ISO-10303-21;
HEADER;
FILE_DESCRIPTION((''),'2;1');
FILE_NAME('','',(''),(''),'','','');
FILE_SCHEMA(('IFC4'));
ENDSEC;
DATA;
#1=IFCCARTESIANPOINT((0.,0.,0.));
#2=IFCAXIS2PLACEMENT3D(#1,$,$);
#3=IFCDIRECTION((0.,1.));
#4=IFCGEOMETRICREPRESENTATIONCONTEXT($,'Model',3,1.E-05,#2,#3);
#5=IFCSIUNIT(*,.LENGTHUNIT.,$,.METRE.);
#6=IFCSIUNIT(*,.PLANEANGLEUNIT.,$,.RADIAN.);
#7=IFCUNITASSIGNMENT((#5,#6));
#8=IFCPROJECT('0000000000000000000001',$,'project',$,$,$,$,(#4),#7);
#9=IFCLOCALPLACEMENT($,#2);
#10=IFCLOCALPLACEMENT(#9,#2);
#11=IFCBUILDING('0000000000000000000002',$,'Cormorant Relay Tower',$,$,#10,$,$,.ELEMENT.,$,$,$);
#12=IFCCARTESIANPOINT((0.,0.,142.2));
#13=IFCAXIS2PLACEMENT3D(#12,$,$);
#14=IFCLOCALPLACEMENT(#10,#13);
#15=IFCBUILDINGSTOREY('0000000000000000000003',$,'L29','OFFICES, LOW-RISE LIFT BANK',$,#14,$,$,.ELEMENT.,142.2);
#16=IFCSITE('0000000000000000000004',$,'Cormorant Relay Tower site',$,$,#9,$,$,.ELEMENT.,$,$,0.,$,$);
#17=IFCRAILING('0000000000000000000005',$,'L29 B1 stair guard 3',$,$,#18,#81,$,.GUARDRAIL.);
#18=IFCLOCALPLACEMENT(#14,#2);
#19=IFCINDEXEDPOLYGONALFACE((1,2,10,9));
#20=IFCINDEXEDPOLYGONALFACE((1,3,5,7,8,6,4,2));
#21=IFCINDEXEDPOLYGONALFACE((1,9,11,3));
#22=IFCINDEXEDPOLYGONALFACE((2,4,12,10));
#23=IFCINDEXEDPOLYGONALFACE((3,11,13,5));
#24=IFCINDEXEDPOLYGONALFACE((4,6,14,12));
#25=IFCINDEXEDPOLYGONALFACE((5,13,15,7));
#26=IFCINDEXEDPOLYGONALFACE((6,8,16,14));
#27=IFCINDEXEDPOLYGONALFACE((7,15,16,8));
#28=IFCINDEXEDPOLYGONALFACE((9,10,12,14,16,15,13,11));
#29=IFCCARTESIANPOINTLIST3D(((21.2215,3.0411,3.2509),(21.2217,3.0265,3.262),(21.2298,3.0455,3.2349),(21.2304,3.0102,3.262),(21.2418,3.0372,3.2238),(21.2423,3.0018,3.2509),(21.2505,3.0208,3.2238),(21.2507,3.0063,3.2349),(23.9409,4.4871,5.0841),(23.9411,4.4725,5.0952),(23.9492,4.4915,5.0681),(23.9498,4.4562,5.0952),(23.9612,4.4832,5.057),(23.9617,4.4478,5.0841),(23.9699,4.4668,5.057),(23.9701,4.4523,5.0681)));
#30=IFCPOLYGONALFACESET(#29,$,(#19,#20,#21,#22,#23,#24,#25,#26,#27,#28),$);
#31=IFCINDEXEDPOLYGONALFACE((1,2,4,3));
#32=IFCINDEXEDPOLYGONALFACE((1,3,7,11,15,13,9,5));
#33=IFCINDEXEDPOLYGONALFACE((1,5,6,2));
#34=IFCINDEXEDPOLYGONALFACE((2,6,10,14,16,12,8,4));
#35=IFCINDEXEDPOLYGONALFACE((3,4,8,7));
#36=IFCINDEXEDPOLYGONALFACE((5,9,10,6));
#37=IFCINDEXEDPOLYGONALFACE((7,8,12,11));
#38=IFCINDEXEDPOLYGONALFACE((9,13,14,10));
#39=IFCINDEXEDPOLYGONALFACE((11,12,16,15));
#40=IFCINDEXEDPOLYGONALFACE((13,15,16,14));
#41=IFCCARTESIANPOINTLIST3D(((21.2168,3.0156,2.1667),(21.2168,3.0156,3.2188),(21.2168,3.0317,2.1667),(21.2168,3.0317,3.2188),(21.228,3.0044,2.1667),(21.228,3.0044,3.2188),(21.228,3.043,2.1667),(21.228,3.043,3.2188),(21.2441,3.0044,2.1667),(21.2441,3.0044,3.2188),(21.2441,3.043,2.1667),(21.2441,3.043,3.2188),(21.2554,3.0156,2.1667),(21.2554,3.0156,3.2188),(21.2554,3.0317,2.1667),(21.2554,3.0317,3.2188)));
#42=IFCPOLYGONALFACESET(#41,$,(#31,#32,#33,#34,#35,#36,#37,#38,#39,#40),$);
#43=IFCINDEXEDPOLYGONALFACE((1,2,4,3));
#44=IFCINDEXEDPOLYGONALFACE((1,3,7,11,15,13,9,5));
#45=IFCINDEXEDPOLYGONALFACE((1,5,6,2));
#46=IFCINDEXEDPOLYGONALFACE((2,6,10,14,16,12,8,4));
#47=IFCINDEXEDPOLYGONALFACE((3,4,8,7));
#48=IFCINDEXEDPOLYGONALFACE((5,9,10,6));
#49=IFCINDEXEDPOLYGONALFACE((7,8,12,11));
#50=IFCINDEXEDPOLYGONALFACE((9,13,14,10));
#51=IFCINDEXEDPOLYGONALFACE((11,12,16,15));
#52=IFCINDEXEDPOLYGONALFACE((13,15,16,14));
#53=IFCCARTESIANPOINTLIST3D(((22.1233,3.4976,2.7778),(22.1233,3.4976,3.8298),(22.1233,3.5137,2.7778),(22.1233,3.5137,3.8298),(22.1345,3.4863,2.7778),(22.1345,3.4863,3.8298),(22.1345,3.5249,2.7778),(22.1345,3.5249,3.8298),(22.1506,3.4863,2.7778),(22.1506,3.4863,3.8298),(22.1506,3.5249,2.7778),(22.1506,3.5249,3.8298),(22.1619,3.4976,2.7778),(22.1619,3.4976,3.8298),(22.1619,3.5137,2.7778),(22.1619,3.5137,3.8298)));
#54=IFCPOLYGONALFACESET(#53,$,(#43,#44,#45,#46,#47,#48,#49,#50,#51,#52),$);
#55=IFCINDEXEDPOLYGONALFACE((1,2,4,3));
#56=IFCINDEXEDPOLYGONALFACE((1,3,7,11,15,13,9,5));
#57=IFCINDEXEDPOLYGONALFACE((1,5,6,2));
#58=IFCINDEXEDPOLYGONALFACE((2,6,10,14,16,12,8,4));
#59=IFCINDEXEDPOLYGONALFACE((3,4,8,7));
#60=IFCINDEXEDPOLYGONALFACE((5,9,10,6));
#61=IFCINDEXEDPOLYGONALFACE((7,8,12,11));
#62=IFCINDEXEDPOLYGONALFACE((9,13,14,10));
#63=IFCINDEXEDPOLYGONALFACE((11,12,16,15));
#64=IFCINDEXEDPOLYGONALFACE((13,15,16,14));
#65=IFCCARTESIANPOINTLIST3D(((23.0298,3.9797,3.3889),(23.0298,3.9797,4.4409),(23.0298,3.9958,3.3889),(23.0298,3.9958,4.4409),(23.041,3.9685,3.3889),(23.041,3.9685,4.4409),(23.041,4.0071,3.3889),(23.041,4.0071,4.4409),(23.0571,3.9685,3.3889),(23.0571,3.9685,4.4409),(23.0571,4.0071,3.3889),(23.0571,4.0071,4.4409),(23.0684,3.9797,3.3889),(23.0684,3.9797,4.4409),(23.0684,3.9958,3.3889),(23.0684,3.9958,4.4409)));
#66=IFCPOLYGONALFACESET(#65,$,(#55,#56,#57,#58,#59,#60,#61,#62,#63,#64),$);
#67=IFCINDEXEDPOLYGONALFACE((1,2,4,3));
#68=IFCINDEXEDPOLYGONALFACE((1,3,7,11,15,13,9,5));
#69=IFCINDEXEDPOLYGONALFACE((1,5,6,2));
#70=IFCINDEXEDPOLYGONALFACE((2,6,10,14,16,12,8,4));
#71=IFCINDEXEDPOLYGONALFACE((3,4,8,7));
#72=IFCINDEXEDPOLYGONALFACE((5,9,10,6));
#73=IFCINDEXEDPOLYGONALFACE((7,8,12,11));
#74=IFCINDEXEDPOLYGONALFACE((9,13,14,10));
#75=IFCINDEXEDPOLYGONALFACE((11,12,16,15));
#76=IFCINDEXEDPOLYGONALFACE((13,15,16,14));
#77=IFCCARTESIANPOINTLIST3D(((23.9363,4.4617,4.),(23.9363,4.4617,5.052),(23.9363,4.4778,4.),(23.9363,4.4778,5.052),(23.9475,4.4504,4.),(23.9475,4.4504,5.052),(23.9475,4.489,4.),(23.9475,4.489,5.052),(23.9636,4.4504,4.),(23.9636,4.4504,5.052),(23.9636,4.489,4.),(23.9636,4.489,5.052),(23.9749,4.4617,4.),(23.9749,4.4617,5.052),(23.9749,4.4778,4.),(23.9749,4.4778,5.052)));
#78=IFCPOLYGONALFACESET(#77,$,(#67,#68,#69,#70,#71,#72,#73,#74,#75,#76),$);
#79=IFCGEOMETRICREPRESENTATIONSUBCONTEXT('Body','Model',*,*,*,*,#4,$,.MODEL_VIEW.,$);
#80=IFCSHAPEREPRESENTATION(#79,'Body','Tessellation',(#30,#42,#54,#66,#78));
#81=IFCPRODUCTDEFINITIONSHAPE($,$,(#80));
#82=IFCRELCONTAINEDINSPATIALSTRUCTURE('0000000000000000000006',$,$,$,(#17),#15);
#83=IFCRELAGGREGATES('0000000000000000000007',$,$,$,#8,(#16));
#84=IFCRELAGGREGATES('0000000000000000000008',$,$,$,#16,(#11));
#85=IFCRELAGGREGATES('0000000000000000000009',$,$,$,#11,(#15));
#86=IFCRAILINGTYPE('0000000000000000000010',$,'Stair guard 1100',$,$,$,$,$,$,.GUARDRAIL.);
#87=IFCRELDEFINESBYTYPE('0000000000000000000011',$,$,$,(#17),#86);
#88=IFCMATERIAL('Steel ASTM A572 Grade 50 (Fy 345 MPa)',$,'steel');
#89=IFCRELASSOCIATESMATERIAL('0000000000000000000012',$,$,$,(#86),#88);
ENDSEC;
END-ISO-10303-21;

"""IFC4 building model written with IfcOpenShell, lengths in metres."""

from ifc_helpers import new_model, si_unit, direction, frame, origin, place, context, subcontext, project, spatial, polyline, outline, extrude, material, type_object, element, save


model = new_model("IFC4")

# Units and contexts
model_context = context("Model", 3, precision=1e-05, world=origin(), true_north=direction((0.0, 1.0)))
body_context = subcontext(model_context, "Body", "Model", "MODEL_VIEW")
ifc_project = project(units=[si_unit("LENGTHUNIT", "METRE"), si_unit("PLANEANGLEUNIT", "RADIAN")], contexts=[model_context])

# Site, building, storey
site_placement = place(None, origin())
site = spatial("IfcSite", under=ifc_project, at=site_placement, Name="Cormorant Relay Tower site", CompositionType="ELEMENT", RefElevation=0.0)
building_placement = place(site_placement, origin())
building = spatial("IfcBuilding", under=site, at=building_placement, Name="Cormorant Relay Tower", CompositionType="ELEMENT")
storey_placement = place(building_placement, frame((0.0, 0.0, 142.2)))
storey = spatial("IfcBuildingStorey", under=building, at=storey_placement, Name="L29", Description="OFFICES, LOW-RISE LIFT BANK", CompositionType="ELEMENT", Elevation=142.2)

# Railing
ifc_material_1 = material(Name="Steel ASTM A572 Grade 50 (Fy 345 MPa)", Category="steel")
railing_type = type_object("IfcRailingType", Name="Stair guard 1100", PredefinedType="GUARDRAIL", material=ifc_material_1)
railing_1_placement = place(storey_placement, frame((21.2361, 3.0237, 2.1667)))
element("IfcRailing", 1, at=railing_1_placement, inside=storey, type_object=railing_type, Name="L29 B1 stair guard 3", PredefinedType="GUARDRAIL", context=body_context, shape_type="SweptSolid", body=[
    extrude(outline(polyline([(0.0222, 0.0093), (0.0093, 0.0222), (-0.0093, 0.0222), (-0.0222, 0.0093), (-0.0222, -0.0093), (-0.0093, -0.0222), (0.0093, -0.0222), (0.0222, -0.0093), (0.0222, 0.0093)])), frame((0.0, 0.0, 1.0762), z_axis=(0.758714, 0.403435, 0.511463), x_axis=(-0.469489, 0.882938, 0.0)), (0.0, 0.0, 1.0), 3.5842),
    extrude(outline(polyline([(0.0193, 0.0081), (0.0081, 0.0193), (-0.0081, 0.0193), (-0.0193, 0.0081), (-0.0193, -0.0081), (-0.0081, -0.0193), (0.0081, -0.0193), (0.0193, -0.0081), (0.0193, 0.0081)])), origin(), (0.0, 0.0, 1.0), 1.052),
    extrude(outline(polyline([(0.0193, 0.0081), (0.0081, 0.0193), (-0.0081, 0.0193), (-0.0193, 0.0081), (-0.0193, -0.0081), (-0.0081, -0.0193), (0.0081, -0.0193), (0.0193, -0.0081), (0.0193, 0.0081)])), frame((0.9065, 0.4819, 0.6111)), (0.0, 0.0, 1.0), 1.052),
    extrude(outline(polyline([(0.0193, 0.0081), (0.0081, 0.0193), (-0.0081, 0.0193), (-0.0193, 0.0081), (-0.0193, -0.0081), (-0.0081, -0.0193), (0.0081, -0.0193), (0.0193, -0.0081), (0.0193, 0.0081)])), frame((1.813, 0.9641, 1.2222)), (0.0, 0.0, 1.0), 1.052),
    extrude(outline(polyline([(0.0193, 0.0081), (0.0081, 0.0193), (-0.0081, 0.0193), (-0.0193, 0.0081), (-0.0193, -0.0081), (-0.0081, -0.0193), (0.0081, -0.0193), (0.0193, -0.0081), (0.0193, 0.0081)])), frame((2.7195, 1.446, 1.8333)), (0.0, 0.0, 1.0), 1.052),
])

save(model, "model.ifc")
